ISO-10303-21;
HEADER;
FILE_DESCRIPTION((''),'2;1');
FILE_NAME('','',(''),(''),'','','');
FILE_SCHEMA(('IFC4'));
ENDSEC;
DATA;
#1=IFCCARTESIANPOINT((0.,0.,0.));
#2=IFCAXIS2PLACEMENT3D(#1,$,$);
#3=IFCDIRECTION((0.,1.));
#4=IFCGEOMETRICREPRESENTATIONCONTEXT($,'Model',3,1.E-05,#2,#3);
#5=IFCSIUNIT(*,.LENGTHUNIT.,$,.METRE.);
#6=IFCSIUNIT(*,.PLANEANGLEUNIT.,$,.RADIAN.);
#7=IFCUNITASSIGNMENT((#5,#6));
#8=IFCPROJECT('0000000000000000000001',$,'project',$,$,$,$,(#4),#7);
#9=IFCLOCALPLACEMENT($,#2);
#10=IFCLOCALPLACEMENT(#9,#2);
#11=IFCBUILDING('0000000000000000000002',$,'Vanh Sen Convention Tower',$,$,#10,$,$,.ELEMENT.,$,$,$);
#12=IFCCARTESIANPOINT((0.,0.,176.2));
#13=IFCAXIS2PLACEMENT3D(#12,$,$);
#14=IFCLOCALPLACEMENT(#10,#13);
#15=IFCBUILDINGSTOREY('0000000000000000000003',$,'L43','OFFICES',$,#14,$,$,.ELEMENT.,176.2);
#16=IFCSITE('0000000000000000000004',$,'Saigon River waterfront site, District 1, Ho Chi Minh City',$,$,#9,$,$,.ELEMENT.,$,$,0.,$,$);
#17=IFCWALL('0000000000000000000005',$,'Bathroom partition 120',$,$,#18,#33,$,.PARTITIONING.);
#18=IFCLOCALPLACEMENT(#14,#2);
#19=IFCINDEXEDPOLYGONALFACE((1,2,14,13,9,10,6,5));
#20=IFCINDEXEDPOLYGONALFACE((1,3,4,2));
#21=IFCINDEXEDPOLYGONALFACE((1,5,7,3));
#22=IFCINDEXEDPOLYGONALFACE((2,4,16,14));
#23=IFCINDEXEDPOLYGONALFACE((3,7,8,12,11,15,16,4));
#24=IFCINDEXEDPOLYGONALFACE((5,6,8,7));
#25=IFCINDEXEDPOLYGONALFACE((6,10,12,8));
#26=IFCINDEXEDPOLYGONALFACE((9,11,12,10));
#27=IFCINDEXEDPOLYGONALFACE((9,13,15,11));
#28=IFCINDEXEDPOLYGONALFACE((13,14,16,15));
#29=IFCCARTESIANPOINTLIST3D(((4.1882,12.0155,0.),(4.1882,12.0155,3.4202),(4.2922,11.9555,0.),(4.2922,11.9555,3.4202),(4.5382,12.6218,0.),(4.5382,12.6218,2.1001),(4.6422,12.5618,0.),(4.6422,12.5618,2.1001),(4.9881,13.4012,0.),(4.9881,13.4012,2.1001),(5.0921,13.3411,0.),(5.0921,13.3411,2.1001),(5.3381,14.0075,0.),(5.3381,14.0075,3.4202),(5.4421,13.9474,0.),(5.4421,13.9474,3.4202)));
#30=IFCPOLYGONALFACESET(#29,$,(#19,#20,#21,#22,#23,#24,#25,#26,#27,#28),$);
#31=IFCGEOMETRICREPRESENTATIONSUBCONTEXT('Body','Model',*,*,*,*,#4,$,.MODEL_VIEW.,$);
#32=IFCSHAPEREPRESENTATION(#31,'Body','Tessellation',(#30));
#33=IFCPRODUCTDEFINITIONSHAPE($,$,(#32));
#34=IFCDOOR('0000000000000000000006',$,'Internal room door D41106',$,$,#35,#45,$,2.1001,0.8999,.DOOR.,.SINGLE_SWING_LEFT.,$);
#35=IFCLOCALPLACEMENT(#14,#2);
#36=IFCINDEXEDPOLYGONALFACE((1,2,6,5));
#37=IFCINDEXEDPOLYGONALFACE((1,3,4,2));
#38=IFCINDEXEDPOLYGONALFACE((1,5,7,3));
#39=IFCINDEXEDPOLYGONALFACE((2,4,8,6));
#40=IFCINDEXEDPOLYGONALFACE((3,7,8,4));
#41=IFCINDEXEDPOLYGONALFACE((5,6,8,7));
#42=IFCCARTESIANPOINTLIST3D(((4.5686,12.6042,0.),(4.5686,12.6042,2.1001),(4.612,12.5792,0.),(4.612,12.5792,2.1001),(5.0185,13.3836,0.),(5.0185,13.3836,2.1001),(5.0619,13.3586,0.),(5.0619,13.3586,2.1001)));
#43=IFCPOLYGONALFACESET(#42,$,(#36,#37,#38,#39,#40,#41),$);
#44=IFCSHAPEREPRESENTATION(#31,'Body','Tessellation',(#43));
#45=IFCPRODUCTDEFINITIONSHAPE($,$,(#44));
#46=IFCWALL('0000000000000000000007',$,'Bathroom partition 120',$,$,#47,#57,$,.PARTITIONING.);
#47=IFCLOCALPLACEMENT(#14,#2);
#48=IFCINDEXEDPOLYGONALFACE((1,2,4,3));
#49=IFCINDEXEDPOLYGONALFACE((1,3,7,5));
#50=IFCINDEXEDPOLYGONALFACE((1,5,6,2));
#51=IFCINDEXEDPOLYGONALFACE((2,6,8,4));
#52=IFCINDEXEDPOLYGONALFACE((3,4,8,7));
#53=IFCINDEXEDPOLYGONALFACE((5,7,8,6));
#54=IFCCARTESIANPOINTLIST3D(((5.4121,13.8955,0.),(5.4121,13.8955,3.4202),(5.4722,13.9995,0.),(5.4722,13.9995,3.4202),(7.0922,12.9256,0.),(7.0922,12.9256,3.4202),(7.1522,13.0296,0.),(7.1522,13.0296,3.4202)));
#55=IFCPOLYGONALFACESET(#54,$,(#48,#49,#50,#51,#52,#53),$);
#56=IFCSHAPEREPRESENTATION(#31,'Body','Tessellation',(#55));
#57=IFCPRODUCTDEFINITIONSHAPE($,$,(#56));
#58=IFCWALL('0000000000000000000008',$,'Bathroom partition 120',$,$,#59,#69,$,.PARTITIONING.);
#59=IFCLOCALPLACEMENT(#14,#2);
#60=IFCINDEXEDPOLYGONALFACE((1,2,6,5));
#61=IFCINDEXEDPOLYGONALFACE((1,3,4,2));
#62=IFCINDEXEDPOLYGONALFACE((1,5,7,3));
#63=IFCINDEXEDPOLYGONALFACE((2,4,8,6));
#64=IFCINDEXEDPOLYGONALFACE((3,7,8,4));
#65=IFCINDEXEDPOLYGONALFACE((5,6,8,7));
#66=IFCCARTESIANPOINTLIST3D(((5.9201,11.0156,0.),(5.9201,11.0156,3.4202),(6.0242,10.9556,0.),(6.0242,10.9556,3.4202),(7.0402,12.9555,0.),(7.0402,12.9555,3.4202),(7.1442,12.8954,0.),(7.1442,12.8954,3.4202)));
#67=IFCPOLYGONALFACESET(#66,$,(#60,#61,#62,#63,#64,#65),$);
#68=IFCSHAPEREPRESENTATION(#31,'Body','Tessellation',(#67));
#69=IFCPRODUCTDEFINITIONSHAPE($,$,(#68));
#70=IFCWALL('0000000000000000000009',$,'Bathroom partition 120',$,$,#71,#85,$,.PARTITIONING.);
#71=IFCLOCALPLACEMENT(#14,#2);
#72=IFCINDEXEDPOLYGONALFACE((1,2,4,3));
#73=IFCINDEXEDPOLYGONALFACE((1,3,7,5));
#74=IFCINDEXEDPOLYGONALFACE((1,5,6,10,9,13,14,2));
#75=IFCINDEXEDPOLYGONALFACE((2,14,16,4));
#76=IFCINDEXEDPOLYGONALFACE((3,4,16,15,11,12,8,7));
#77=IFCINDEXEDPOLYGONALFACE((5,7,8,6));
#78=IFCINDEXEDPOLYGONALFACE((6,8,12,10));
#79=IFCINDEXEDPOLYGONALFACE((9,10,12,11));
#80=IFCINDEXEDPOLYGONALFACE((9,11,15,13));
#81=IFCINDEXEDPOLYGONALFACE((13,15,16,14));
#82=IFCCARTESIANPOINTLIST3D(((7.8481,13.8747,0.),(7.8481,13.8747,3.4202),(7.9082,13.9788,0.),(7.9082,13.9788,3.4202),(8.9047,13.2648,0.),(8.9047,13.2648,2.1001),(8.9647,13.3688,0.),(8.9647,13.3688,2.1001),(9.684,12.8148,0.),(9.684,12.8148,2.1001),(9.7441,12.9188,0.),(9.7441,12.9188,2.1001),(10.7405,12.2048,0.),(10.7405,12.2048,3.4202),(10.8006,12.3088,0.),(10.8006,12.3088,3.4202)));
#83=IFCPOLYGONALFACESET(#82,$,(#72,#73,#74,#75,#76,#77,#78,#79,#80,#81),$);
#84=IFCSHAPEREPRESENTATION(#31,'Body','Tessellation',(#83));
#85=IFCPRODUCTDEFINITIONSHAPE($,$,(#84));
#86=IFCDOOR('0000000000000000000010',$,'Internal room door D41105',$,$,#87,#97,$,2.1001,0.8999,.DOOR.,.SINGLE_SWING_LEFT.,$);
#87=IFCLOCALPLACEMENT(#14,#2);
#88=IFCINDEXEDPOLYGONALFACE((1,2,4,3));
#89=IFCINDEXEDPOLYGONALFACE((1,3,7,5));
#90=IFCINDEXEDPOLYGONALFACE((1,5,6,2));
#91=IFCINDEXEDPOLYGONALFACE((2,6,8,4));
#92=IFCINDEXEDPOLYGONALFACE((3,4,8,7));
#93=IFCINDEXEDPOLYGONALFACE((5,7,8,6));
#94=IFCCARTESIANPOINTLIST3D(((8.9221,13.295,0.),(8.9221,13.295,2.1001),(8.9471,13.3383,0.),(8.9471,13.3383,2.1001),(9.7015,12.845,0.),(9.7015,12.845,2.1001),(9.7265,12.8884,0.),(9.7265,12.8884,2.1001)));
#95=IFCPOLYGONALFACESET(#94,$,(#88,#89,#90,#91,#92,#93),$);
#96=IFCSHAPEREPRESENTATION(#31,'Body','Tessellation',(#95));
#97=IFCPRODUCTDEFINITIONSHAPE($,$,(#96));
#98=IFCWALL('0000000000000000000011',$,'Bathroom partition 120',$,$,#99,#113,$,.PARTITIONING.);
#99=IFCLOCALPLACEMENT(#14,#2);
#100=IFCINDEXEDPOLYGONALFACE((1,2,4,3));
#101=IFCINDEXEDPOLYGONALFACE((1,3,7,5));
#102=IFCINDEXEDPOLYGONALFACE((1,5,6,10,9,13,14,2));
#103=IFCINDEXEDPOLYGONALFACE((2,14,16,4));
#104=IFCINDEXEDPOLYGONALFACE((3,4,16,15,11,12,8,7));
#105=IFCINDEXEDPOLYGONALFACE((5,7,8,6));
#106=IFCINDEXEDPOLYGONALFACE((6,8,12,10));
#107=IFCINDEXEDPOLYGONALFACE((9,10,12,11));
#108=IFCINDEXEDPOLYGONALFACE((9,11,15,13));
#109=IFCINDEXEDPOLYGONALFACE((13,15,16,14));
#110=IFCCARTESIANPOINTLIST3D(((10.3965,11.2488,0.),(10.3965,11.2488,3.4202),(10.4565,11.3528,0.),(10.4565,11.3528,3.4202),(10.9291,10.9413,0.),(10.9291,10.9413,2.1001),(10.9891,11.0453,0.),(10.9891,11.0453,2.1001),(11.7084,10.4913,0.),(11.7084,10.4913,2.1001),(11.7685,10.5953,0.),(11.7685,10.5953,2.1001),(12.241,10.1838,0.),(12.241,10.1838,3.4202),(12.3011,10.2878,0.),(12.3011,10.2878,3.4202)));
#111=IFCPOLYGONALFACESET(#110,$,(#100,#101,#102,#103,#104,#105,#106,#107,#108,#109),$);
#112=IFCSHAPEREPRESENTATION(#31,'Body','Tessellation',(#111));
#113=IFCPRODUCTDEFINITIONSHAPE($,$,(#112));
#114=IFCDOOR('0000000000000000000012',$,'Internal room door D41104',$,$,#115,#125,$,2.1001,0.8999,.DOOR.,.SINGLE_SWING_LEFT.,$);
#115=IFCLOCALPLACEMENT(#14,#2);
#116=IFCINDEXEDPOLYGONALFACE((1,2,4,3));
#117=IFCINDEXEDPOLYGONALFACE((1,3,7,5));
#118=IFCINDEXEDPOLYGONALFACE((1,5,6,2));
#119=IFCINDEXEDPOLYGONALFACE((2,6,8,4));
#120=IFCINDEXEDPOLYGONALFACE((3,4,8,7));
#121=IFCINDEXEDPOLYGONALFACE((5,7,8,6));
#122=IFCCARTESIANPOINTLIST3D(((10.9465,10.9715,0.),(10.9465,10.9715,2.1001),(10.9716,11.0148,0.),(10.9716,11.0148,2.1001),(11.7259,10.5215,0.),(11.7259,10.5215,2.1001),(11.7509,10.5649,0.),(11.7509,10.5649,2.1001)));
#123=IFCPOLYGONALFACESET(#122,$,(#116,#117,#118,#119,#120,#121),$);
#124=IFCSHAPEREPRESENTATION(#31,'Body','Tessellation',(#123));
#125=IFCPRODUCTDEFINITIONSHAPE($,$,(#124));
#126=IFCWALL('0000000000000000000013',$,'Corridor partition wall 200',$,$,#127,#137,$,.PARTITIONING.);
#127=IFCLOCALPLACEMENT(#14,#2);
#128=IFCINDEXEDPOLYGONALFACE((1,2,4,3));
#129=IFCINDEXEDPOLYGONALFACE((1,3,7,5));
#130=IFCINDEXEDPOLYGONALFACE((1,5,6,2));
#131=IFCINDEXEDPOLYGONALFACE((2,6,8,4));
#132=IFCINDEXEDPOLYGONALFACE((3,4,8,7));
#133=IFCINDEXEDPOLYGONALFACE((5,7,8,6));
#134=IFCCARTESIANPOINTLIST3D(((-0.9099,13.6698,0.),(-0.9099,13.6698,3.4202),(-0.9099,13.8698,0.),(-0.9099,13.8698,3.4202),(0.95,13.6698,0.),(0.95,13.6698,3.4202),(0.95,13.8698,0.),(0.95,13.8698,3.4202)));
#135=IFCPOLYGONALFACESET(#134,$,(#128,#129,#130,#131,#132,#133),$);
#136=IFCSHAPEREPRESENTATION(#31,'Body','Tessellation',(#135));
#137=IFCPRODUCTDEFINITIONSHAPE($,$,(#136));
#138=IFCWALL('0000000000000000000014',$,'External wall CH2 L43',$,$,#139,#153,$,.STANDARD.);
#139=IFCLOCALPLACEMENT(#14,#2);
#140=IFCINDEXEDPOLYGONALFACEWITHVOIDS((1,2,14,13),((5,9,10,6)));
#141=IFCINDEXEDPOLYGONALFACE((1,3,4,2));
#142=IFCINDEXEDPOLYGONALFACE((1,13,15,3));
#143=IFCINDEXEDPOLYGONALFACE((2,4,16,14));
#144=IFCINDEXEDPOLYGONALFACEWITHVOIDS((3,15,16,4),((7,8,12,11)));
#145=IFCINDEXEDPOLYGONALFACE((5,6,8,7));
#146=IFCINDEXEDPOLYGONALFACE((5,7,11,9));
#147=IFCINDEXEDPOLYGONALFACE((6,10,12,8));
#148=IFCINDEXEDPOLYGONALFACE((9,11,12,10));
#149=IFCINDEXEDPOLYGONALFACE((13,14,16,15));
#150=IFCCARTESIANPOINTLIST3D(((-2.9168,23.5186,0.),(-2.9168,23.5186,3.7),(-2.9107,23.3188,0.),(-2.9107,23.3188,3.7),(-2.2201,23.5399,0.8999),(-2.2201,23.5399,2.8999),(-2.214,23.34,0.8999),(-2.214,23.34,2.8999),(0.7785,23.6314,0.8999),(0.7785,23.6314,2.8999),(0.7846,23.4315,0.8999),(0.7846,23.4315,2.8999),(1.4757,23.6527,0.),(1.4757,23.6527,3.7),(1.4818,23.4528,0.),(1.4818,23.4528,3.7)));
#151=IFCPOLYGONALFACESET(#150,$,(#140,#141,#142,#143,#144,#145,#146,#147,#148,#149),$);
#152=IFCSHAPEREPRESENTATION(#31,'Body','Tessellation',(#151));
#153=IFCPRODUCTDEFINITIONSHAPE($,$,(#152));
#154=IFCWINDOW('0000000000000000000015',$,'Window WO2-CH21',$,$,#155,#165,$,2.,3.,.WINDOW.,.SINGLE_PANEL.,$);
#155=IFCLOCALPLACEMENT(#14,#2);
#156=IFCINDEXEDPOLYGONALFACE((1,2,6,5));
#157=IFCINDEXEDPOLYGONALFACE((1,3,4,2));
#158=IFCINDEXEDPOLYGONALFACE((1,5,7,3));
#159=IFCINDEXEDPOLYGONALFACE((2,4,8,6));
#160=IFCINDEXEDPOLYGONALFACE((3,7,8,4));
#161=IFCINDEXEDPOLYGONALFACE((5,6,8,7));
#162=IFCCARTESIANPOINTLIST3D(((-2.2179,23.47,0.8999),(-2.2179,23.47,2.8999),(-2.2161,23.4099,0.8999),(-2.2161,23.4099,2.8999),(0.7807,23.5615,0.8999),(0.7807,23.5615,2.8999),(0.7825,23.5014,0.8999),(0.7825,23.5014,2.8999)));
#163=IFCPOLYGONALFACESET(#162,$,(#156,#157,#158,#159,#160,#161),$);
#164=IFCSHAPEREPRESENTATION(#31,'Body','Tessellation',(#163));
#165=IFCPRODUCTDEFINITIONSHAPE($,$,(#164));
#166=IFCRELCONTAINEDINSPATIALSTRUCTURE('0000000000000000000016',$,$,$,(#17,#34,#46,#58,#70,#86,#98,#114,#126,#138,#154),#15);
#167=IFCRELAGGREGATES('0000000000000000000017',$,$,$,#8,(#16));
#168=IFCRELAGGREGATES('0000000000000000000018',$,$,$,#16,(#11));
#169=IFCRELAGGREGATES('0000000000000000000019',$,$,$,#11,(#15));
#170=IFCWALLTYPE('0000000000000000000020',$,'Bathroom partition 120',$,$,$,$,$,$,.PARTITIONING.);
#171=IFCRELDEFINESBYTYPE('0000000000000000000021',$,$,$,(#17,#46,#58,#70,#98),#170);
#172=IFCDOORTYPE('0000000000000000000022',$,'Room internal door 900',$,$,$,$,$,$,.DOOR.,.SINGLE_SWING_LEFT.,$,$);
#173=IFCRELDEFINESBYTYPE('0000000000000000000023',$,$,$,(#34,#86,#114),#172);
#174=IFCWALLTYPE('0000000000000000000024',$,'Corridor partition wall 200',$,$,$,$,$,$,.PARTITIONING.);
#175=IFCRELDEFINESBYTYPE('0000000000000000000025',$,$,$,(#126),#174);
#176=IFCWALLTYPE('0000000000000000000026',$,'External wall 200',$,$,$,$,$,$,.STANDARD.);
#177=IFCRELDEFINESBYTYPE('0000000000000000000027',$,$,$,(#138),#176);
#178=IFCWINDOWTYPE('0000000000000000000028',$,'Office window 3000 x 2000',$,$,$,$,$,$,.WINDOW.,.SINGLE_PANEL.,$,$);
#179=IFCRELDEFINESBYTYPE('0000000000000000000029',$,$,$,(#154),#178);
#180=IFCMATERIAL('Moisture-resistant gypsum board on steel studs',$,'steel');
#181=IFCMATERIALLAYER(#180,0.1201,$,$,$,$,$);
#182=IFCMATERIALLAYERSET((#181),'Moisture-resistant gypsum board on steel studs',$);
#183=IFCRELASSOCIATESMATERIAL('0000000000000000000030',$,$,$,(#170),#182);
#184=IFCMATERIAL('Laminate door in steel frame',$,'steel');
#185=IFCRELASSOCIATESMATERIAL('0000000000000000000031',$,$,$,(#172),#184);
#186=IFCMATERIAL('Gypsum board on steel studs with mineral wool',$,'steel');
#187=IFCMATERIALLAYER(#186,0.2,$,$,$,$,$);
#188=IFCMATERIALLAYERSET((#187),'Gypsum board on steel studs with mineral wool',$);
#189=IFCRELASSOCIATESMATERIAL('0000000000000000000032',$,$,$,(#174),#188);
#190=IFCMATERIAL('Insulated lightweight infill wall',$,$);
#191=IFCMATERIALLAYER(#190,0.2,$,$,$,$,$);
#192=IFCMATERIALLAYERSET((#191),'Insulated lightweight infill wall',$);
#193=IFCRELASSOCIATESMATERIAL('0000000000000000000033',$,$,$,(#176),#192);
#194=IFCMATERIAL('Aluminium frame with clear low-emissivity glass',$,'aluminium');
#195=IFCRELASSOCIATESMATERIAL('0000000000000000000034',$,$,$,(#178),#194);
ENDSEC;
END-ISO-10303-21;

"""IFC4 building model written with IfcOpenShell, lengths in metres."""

from ifc_helpers import new_model, si_unit, direction, frame, frame_2d, origin, place, context, subcontext, project, spatial, rectangle, extrude, material, layer, layer_set, type_object, element, fill, save


model = new_model("IFC4")

# Units and contexts
model_context = context("Model", 3, precision=1e-05, world=origin(), true_north=direction((0.0, 1.0)))
body_context = subcontext(model_context, "Body", "Model", "MODEL_VIEW")
ifc_project = project(units=[si_unit("LENGTHUNIT", "METRE"), si_unit("PLANEANGLEUNIT", "RADIAN")], contexts=[model_context])

# Site, building, storey
site_placement = place(None, origin())
site = spatial("IfcSite", under=ifc_project, at=site_placement, Name="Saigon River waterfront site, District 1, Ho Chi Minh City", CompositionType="ELEMENT", RefElevation=0.0)
building_placement = place(site_placement, origin())
building = spatial("IfcBuilding", under=site, at=building_placement, Name="Vanh Sen Convention Tower", CompositionType="ELEMENT")
storey_placement = place(building_placement, frame((0.0, 0.0, 176.2)))
storey = spatial("IfcBuildingStorey", under=building, at=storey_placement, Name="L43", Description="OFFICES", CompositionType="ELEMENT", Elevation=176.2)

# Wall, opening, door
ifc_material_1 = material(Name="Moisture-resistant gypsum board on steel studs", Category="steel")
ifc_layer_1 = layer(ifc_material_1, 0.1201)
ifc_layer_set_1 = layer_set([ifc_layer_1], Name="Moisture-resistant gypsum board on steel studs")
wall_type_1 = type_object("IfcWallType", Name="Bathroom partition 120", PredefinedType="PARTITIONING", material=ifc_layer_set_1)
wall_1_placement = place(storey_placement, frame((4.2402, 11.9856, 0.0), z_axis=(0.0, 0.0, 1.0), x_axis=(0.499952, 0.866053, 0.0)))
wall_1 = element("IfcWall", 1, at=wall_1_placement, inside=storey, type_object=wall_type_1, Name="Bathroom partition 120", PredefinedType="PARTITIONING", context=body_context, shape_type="SweptSolid", body=[
    extrude(rectangle(XDim=2.3, YDim=0.1201, at=frame_2d((1.1499, 0.0))), origin(), (0.0, 0.0, 1.0), 3.4202),
])
opening_1_placement = place(wall_1_placement, frame((0.7, 0.0, 0.0)))
opening_1 = element("IfcOpeningElement", 2, at=opening_1_placement, cuts=wall_1, PredefinedType="OPENING", context=body_context, shape_type="SweptSolid", body=[
    extrude(rectangle(XDim=0.8999, YDim=2.1001, at=frame_2d((0.45, 1.05))), frame((0.0, 0.0701, 0.0), z_axis=(0.0, -1.0, 0.0), x_axis=(1.0, 0.0, 0.0)), (0.0, 0.0, 1.0), 0.1401),
])
ifc_material_2 = material(Name="Laminate door in steel frame", Category="steel")
door_type = type_object("IfcDoorType", Name="Room internal door 900", OperationType="SINGLE_SWING_LEFT", PredefinedType="DOOR", material=ifc_material_2)
door_1_placement = place(opening_1_placement, origin())
door_1 = element("IfcDoor", 3, at=door_1_placement, inside=storey, type_object=door_type, Name="Internal room door D41106", OperationType="SINGLE_SWING_LEFT", OverallHeight=2.1001, OverallWidth=0.8999, PredefinedType="DOOR", context=body_context, shape_type="SweptSolid", body=[
    extrude(rectangle(XDim=0.8999, YDim=2.1001, at=frame_2d((0.45, 1.05))), frame((0.0, 0.0249, 0.0), z_axis=(0.0, -1.0, 0.0), x_axis=(1.0, 0.0, 0.0)), (0.0, 0.0, 1.0), 0.05),
])
fill(opening_1, door_1)

# Walls
wall_2_placement = place(storey_placement, frame((5.4421, 13.9475, 0.0), z_axis=(0.0, 0.0, 1.0), x_axis=(0.866043, -0.499969, 0.0)))
element("IfcWall", 4, at=wall_2_placement, inside=storey, type_object=wall_type_1, Name="Bathroom partition 120", PredefinedType="PARTITIONING", context=body_context, shape_type="SweptSolid", body=[
    extrude(rectangle(XDim=1.9399, YDim=0.1201, at=frame_2d((0.97, 0.0))), origin(), (0.0, 0.0, 1.0), 3.4202),
])
wall_3_placement = place(storey_placement, frame((7.0923, 12.9255, 0.0), z_axis=(0.0, 0.0, 1.0), x_axis=(-0.500031, -0.866008, 0.0)))
element("IfcWall", 5, at=wall_3_placement, inside=storey, type_object=wall_type_1, Name="Bathroom partition 120", PredefinedType="PARTITIONING", context=body_context, shape_type="SweptSolid", body=[
    extrude(rectangle(XDim=2.24, YDim=0.1201, at=frame_2d((1.1201, 0.0))), origin(), (0.0, 0.0, 1.0), 3.4202),
])

# Walls, openings, doors
wall_4_placement = place(storey_placement, frame((7.8782, 13.9268, 0.0), z_axis=(0.0, 0.0, 1.0), x_axis=(0.866021, -0.500007, 0.0)))
wall_4 = element("IfcWall", 6, at=wall_4_placement, inside=storey, type_object=wall_type_1, Name="Bathroom partition 120", PredefinedType="PARTITIONING", context=body_context, shape_type="SweptSolid", body=[
    extrude(rectangle(XDim=3.3398, YDim=0.1201, at=frame_2d((1.6699, 0.0))), origin(), (0.0, 0.0, 1.0), 3.4202),
])
opening_2_placement = place(wall_4_placement, frame((1.22, 0.0, 0.0)))
opening_2 = element("IfcOpeningElement", 7, at=opening_2_placement, cuts=wall_4, PredefinedType="OPENING", context=body_context, shape_type="SweptSolid", body=[
    extrude(rectangle(XDim=0.8999, YDim=2.1001, at=frame_2d((0.45, 1.05))), frame((0.0, 0.0701, 0.0), z_axis=(0.0, -1.0, 0.0), x_axis=(1.0, 0.0, 0.0)), (0.0, 0.0, 1.0), 0.1401),
])
door_2_placement = place(opening_2_placement, origin())
door_2 = element("IfcDoor", 8, at=door_2_placement, inside=storey, type_object=door_type, Name="Internal room door D41105", OperationType="SINGLE_SWING_LEFT", OverallHeight=2.1001, OverallWidth=0.8999, PredefinedType="DOOR", context=body_context, shape_type="SweptSolid", body=[
    extrude(rectangle(XDim=0.8999, YDim=2.1001, at=frame_2d((0.45, 1.05))), frame((0.0, 0.0249, 0.0), z_axis=(0.0, -1.0, 0.0), x_axis=(1.0, 0.0, 0.0)), (0.0, 0.0, 1.0), 0.05),
])
fill(opening_2, door_2)
wall_5_placement = place(storey_placement, frame((10.4265, 11.3008, 0.0), z_axis=(0.0, 0.0, 1.0), x_axis=(0.86602, -0.50001, 0.0)))
wall_5 = element("IfcWall", 9, at=wall_5_placement, inside=storey, type_object=wall_type_1, Name="Bathroom partition 120", PredefinedType="PARTITIONING", context=body_context, shape_type="SweptSolid", body=[
    extrude(rectangle(XDim=2.1299, YDim=0.1201, at=frame_2d((1.0649, 0.0))), origin(), (0.0, 0.0, 1.0), 3.4202),
])
opening_3_placement = place(wall_5_placement, frame((0.615, 0.0, 0.0)))
opening_3 = element("IfcOpeningElement", 10, at=opening_3_placement, cuts=wall_5, PredefinedType="OPENING", context=body_context, shape_type="SweptSolid", body=[
    extrude(rectangle(XDim=0.8999, YDim=2.1001, at=frame_2d((0.45, 1.05))), frame((0.0, 0.0701, 0.0), z_axis=(0.0, -1.0, 0.0), x_axis=(1.0, 0.0, 0.0)), (0.0, 0.0, 1.0), 0.1401),
])
door_3_placement = place(opening_3_placement, origin())
door_3 = element("IfcDoor", 11, at=door_3_placement, inside=storey, type_object=door_type, Name="Internal room door D41104", OperationType="SINGLE_SWING_LEFT", OverallHeight=2.1001, OverallWidth=0.8999, PredefinedType="DOOR", context=body_context, shape_type="SweptSolid", body=[
    extrude(rectangle(XDim=0.8999, YDim=2.1001, at=frame_2d((0.45, 1.05))), frame((0.0, 0.0249, 0.0), z_axis=(0.0, -1.0, 0.0), x_axis=(1.0, 0.0, 0.0)), (0.0, 0.0, 1.0), 0.05),
])
fill(opening_3, door_3)

# Wall
ifc_material_3 = material(Name="Gypsum board on steel studs with mineral wool", Category="steel")
ifc_layer_2 = layer(ifc_material_3, 0.2)
ifc_layer_set_2 = layer_set([ifc_layer_2], Name="Gypsum board on steel studs with mineral wool")
wall_type_2 = type_object("IfcWallType", Name="Corridor partition wall 200", PredefinedType="PARTITIONING", material=ifc_layer_set_2)
wall_6_placement = place(storey_placement, frame((0.95, 13.7698, 0.0), z_axis=(0.0, 0.0, 1.0), x_axis=(-1.0, 0.0, 0.0)))
element("IfcWall", 12, at=wall_6_placement, inside=storey, type_object=wall_type_2, Name="Corridor partition wall 200", PredefinedType="PARTITIONING", context=body_context, shape_type="SweptSolid", body=[
    extrude(rectangle(XDim=1.8599, YDim=0.2, at=frame_2d((0.9299, 0.0))), origin(), (0.0, 0.0, 1.0), 3.4202),
])

# Wall, opening, window
ifc_material_4 = material(Name="Insulated lightweight infill wall")
ifc_layer_3 = layer(ifc_material_4, 0.2)
ifc_layer_set_3 = layer_set([ifc_layer_3], Name="Insulated lightweight infill wall")
wall_type_3 = type_object("IfcWallType", Name="External wall 200", PredefinedType="STANDARD", material=ifc_layer_set_3)
wall_7_placement = place(storey_placement, frame((1.4788, 23.5527, 0.0), z_axis=(0.0, 0.0, 1.0), x_axis=(-0.999535, -0.030499, 0.0)))
wall_7 = element("IfcWall", 13, at=wall_7_placement, inside=storey, type_object=wall_type_3, Name="External wall CH2 L43", PredefinedType="STANDARD", context=body_context, shape_type="SweptSolid", body=[
    extrude(rectangle(XDim=4.3945, YDim=0.2, at=frame_2d((2.1973, 0.0))), origin(), (0.0, 0.0, 1.0), 3.7),
])
opening_4_placement = place(wall_7_placement, frame((0.6975, 0.0, 0.8999)))
opening_4 = element("IfcOpeningElement", 14, at=opening_4_placement, cuts=wall_7, PredefinedType="OPENING", context=body_context, shape_type="SweptSolid", body=[
    extrude(rectangle(XDim=3.0, YDim=2.0, at=frame_2d((1.5, 1.0))), frame((0.0, 0.1099, 0.0), z_axis=(0.0, -1.0, 0.0), x_axis=(1.0, 0.0, 0.0)), (0.0, 0.0, 1.0), 0.22),
])
ifc_material_5 = material(Name="Aluminium frame with clear low-emissivity glass", Category="aluminium")
window_type = type_object("IfcWindowType", Name="Office window 3000 x 2000", PartitioningType="SINGLE_PANEL", PredefinedType="WINDOW", material=ifc_material_5)
window_placement = place(opening_4_placement, origin())
window = element("IfcWindow", 15, at=window_placement, inside=storey, type_object=window_type, Name="Window WO2-CH21", OverallHeight=2.0, OverallWidth=3.0, PartitioningType="SINGLE_PANEL", PredefinedType="WINDOW", context=body_context, shape_type="SweptSolid", body=[
    extrude(rectangle(XDim=3.0, YDim=2.0, at=frame_2d((1.5, 1.0))), frame((0.0, 0.03, 0.0), z_axis=(0.0, -1.0, 0.0), x_axis=(1.0, 0.0, 0.0)), (0.0, 0.0, 1.0), 0.0601),
])
fill(opening_4, window)

save(model, "model.ifc")
